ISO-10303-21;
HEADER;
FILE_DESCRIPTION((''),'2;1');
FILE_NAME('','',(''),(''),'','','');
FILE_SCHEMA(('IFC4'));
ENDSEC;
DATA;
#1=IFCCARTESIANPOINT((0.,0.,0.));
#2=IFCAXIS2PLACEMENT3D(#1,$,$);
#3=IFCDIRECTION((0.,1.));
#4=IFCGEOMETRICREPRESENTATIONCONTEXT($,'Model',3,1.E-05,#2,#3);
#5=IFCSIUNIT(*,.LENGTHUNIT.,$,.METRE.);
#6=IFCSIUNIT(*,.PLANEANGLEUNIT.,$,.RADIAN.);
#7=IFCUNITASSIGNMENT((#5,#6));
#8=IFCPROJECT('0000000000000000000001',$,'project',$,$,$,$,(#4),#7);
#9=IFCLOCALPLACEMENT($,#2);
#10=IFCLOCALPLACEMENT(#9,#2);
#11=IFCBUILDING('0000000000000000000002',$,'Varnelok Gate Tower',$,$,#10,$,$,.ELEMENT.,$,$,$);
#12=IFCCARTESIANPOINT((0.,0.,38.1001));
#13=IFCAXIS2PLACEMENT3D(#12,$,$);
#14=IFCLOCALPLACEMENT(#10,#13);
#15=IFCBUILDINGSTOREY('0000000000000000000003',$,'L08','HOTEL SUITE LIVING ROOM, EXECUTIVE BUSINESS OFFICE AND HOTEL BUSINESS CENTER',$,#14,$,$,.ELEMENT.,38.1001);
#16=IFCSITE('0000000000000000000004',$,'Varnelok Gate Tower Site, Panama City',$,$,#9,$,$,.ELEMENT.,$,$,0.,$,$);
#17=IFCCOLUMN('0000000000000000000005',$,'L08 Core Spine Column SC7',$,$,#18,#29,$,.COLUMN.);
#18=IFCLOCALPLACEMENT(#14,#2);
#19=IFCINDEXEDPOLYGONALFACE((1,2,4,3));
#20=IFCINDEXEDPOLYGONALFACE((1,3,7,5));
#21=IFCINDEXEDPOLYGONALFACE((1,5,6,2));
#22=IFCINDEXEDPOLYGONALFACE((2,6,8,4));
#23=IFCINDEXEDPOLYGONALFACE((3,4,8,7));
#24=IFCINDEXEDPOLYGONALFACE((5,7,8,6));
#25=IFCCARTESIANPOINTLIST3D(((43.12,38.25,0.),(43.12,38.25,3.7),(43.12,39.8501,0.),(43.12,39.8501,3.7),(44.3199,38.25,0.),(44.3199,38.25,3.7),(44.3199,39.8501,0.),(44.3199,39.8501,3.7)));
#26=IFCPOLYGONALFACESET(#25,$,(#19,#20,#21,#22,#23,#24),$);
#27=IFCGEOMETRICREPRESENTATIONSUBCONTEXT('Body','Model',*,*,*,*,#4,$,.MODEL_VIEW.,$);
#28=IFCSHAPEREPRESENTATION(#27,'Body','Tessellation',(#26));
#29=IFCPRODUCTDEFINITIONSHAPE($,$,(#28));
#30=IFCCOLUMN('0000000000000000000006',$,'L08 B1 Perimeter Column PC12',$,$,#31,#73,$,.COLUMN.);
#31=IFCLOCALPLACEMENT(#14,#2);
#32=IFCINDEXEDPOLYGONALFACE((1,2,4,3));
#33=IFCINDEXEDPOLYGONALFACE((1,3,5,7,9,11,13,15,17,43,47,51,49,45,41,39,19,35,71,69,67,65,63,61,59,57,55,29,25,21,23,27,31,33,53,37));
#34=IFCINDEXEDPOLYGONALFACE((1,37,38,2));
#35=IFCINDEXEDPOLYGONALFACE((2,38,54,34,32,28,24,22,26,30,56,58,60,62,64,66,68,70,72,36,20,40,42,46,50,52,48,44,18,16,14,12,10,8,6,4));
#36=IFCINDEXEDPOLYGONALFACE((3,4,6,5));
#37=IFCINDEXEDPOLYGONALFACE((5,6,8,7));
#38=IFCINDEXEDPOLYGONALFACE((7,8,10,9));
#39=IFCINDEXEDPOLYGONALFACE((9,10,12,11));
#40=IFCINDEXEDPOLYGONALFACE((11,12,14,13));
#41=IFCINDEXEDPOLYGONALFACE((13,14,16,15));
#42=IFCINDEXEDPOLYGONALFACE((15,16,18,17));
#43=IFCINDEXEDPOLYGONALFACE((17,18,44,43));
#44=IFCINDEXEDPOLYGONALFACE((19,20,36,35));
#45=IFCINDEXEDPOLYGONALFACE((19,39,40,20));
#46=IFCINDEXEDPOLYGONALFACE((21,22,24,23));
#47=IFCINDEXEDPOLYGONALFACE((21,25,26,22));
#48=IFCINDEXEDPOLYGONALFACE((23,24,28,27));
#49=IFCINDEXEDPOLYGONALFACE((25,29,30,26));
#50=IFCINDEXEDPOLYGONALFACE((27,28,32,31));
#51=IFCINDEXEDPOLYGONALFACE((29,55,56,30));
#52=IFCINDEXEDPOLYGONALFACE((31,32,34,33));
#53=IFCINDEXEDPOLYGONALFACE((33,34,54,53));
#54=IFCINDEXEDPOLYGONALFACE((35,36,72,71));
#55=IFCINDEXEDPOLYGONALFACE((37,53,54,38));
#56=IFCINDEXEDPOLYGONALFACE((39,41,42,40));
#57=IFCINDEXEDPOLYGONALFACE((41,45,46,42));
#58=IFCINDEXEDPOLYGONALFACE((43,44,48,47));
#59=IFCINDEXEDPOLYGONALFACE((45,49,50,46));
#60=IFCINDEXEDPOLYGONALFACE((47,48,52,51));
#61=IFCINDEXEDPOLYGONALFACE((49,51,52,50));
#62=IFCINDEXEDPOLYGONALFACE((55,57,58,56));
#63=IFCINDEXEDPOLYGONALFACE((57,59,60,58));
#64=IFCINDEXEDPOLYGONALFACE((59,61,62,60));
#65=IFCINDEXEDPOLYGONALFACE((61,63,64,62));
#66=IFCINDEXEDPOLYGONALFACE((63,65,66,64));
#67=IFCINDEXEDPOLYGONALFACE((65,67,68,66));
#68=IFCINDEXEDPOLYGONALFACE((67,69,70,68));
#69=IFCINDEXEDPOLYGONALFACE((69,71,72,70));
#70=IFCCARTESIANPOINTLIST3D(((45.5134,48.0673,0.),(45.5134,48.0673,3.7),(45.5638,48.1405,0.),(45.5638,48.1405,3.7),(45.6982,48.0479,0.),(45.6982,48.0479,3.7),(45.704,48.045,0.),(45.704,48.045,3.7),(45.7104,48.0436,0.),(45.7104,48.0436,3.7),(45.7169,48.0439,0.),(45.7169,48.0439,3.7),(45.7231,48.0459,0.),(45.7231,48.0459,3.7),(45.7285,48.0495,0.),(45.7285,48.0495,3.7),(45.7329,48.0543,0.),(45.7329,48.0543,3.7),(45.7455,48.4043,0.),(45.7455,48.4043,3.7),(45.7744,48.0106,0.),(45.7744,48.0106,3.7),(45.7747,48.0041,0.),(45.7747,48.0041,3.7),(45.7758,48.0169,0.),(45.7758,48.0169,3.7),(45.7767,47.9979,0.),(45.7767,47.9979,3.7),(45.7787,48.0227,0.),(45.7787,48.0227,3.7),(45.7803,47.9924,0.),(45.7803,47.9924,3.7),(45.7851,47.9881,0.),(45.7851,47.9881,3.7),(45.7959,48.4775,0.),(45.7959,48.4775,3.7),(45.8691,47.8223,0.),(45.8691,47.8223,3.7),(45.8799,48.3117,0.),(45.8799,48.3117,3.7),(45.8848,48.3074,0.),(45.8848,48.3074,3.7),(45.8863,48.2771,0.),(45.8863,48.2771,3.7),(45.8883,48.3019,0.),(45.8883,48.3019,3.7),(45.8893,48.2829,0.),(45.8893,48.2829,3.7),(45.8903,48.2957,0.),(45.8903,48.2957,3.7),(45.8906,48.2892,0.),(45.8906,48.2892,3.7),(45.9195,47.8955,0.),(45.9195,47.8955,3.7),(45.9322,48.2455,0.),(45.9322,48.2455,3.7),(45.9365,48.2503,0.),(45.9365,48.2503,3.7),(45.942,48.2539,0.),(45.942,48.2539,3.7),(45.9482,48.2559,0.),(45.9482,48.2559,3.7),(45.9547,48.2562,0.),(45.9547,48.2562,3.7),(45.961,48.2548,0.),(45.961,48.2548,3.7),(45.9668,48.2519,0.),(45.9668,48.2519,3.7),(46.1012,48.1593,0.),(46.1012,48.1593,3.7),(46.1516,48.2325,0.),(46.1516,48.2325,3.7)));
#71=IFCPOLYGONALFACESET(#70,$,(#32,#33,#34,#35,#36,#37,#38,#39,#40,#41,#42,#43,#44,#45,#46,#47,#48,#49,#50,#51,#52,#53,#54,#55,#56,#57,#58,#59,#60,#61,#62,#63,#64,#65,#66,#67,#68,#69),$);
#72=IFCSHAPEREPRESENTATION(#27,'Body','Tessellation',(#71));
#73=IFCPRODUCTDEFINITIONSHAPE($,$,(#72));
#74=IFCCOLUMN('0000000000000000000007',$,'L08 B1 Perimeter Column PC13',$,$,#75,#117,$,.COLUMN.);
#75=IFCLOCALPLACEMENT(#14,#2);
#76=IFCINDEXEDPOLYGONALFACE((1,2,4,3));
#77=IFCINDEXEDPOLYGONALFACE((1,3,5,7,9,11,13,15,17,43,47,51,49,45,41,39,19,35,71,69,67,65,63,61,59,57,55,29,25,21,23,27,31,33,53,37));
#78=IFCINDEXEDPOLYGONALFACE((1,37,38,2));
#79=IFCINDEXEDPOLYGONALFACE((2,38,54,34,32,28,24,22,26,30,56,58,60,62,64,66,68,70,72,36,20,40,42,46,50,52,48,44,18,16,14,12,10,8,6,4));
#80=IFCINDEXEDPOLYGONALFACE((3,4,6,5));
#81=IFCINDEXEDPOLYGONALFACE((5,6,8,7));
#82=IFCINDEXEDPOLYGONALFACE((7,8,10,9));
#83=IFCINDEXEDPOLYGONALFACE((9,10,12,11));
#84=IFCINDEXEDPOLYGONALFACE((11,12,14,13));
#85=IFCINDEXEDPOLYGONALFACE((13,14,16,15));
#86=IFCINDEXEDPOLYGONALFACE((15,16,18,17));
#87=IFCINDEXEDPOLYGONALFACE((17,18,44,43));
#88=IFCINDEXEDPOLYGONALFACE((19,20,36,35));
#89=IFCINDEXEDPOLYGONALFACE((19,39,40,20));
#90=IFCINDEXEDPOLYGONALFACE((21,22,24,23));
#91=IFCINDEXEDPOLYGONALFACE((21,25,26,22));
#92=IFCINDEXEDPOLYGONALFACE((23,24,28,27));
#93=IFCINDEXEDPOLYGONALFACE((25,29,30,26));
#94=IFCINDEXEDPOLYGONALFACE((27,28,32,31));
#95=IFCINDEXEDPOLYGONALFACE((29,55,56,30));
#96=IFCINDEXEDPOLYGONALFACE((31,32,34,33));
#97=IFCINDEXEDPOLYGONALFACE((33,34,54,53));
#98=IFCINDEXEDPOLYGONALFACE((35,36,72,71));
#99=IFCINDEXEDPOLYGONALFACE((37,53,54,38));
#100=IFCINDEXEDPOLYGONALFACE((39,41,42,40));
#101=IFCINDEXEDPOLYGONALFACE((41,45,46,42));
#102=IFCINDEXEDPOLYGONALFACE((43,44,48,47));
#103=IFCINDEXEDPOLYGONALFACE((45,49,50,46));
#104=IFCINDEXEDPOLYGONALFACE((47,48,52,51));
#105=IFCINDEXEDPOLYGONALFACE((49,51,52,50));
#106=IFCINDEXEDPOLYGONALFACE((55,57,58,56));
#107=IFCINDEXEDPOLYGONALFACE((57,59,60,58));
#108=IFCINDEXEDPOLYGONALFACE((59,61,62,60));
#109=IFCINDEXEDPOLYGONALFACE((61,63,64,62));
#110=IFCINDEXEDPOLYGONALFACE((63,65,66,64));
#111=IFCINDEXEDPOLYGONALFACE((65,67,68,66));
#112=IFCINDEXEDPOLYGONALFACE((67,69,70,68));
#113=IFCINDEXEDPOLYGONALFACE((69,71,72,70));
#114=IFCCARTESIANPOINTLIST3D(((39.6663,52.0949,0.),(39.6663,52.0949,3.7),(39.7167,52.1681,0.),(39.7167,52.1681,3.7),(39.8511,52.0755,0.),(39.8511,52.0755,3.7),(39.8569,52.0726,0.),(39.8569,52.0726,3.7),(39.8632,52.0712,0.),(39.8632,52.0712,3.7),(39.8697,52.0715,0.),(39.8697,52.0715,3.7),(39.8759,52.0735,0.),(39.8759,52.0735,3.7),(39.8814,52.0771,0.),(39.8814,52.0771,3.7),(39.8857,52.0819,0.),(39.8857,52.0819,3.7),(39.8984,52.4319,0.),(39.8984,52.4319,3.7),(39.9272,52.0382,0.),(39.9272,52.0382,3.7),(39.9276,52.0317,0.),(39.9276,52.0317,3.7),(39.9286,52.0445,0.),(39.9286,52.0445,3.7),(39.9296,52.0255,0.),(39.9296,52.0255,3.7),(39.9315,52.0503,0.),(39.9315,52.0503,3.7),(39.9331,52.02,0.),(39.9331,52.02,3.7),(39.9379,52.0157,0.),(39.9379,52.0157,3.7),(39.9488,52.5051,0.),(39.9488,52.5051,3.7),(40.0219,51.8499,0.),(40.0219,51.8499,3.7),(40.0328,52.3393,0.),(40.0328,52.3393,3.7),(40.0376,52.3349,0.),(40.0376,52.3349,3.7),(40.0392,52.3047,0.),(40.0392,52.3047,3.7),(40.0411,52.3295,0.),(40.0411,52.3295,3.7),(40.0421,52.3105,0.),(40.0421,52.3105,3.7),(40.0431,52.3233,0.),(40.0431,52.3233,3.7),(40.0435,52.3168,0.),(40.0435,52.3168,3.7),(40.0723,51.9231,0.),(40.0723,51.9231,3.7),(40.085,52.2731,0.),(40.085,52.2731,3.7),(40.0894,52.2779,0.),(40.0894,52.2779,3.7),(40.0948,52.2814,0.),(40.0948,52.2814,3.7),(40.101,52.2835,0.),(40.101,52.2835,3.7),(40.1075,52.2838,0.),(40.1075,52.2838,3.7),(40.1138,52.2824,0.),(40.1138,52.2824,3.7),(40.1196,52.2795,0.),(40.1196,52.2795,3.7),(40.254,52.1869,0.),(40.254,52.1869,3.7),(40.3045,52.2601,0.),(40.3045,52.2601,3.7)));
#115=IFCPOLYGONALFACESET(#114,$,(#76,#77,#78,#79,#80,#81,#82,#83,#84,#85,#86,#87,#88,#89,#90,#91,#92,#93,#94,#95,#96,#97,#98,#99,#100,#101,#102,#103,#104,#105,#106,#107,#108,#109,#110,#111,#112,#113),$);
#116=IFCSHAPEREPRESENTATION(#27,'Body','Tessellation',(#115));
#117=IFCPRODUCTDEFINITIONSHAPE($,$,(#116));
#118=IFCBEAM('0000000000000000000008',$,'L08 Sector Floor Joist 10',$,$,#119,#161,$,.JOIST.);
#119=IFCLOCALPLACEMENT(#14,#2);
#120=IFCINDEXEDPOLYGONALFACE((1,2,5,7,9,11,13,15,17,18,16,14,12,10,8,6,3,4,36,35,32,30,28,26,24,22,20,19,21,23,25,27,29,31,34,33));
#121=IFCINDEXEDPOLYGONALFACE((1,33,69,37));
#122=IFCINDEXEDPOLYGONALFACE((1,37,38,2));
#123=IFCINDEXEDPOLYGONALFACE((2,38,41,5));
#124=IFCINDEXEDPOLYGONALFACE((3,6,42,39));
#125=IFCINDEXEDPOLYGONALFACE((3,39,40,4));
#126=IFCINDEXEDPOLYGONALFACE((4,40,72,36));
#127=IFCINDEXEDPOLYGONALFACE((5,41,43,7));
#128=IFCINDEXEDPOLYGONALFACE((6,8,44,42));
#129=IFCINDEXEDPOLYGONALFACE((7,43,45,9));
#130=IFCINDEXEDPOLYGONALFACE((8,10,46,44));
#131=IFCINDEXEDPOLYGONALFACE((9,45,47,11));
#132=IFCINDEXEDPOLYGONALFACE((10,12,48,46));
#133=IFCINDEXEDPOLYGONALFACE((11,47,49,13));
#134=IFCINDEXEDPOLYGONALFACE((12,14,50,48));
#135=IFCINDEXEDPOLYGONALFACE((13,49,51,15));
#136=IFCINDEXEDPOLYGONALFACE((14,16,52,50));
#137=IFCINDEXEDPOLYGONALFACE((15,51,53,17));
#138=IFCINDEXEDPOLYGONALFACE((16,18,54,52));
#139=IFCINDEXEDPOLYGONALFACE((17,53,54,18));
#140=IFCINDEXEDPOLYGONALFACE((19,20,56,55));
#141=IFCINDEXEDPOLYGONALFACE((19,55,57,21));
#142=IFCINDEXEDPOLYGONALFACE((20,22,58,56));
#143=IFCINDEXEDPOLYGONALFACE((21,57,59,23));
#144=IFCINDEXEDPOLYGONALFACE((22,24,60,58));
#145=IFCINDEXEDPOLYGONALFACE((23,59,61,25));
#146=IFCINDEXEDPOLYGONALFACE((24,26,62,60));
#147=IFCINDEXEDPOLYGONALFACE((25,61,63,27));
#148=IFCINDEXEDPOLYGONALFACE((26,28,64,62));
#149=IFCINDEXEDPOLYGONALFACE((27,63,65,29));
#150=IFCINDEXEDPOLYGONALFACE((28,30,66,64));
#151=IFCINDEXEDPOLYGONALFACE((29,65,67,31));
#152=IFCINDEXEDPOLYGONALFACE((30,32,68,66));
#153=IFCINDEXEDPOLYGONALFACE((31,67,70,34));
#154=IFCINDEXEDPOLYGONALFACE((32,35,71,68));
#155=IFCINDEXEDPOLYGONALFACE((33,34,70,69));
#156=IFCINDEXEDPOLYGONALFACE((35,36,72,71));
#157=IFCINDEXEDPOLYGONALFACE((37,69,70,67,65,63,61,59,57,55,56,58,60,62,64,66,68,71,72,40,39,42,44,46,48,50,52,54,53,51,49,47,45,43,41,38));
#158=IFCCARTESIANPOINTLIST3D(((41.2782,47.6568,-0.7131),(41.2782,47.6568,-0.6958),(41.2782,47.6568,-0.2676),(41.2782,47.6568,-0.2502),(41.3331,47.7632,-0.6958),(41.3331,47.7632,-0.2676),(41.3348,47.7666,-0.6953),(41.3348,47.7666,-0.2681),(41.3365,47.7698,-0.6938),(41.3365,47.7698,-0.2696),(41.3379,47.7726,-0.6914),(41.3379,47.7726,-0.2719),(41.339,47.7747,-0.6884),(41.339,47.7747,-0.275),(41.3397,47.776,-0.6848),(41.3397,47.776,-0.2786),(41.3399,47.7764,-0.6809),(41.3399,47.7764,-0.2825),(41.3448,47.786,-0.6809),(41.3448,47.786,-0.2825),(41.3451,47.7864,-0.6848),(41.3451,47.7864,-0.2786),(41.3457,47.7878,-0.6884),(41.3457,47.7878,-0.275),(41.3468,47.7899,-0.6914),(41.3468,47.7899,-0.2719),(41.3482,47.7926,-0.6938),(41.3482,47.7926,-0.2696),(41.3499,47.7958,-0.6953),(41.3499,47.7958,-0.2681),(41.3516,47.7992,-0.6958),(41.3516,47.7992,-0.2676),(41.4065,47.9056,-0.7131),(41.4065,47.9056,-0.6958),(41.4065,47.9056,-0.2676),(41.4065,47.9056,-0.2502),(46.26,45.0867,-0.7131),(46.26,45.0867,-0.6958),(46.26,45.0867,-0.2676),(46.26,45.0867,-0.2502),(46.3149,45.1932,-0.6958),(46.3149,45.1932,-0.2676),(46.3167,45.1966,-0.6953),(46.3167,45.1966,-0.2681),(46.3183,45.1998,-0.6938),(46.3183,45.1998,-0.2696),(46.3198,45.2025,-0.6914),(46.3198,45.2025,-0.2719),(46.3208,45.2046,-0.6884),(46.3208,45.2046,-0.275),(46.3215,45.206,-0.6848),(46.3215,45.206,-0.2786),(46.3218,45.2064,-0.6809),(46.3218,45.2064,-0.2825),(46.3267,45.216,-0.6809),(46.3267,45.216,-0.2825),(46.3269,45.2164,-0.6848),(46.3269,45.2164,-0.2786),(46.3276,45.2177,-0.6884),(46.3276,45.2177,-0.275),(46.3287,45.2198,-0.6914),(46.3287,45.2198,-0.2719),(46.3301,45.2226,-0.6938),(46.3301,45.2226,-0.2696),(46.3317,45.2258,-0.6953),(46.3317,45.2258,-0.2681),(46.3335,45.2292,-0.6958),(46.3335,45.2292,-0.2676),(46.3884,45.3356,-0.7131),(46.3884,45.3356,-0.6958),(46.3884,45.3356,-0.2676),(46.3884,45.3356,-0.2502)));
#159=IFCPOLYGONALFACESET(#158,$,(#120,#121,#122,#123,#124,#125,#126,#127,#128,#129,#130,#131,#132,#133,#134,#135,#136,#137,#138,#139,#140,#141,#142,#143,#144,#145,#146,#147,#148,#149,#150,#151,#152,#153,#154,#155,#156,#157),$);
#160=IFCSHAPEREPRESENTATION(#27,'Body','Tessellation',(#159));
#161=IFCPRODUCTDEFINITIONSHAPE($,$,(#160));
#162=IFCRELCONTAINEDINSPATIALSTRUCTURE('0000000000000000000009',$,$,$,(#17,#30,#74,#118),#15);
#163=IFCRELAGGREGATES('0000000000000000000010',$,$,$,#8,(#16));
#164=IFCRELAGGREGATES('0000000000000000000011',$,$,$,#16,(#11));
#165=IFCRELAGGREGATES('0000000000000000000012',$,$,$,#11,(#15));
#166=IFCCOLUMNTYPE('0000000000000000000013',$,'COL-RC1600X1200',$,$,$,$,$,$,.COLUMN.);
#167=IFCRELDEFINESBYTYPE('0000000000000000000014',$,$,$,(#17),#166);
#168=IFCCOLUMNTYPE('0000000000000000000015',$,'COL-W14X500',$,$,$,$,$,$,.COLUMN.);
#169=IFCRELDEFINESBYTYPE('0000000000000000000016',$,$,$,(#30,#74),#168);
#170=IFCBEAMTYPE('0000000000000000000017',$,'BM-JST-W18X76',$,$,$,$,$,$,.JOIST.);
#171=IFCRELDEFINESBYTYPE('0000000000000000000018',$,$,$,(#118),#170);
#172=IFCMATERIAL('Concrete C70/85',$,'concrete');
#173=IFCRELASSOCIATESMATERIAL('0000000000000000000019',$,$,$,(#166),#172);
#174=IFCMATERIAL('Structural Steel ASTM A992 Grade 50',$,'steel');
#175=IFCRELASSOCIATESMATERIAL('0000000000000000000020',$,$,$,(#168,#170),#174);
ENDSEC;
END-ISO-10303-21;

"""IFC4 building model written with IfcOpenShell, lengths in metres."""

from ifc_helpers import new_model, si_unit, direction, frame, origin, origin_2d, place, context, subcontext, project, spatial, rectangle, i_section, extrude, material, material_profile, profile_set, type_object, element, save


model = new_model("IFC4")

# Units and contexts
model_context = context("Model", 3, precision=1e-05, world=origin(), true_north=direction((0.0, 1.0)))
body_context = subcontext(model_context, "Body", "Model", "MODEL_VIEW")
ifc_project = project(units=[si_unit("LENGTHUNIT", "METRE"), si_unit("PLANEANGLEUNIT", "RADIAN")], contexts=[model_context])

# Site, building, storey
site_placement = place(None, origin())
site = spatial("IfcSite", under=ifc_project, at=site_placement, Name="Varnelok Gate Tower Site, Panama City", CompositionType="ELEMENT", RefElevation=0.0)
building_placement = place(site_placement, origin())
building = spatial("IfcBuilding", under=site, at=building_placement, Name="Varnelok Gate Tower", CompositionType="ELEMENT")
storey_placement = place(building_placement, frame((0.0, 0.0, 38.1001)))
storey = spatial("IfcBuildingStorey", under=building, at=storey_placement, Name="L08", Description="HOTEL SUITE LIVING ROOM, EXECUTIVE BUSINESS OFFICE AND HOTEL BUSINESS CENTER", CompositionType="ELEMENT", Elevation=38.1001)

# Columns
ifc_material_1 = material(Name="Concrete C70/85", Category="concrete")
ifc_material_profile_1 = material_profile(ifc_material_1, rectangle(XDim=1.2, YDim=1.6001, at=origin_2d()), Name="RC1600X1200")
ifc_profile_set_1 = profile_set([ifc_material_profile_1], Name="Concrete C70/85")
column_type_1 = type_object("IfcColumnType", Name="COL-RC1600X1200", PredefinedType="COLUMN", material=ifc_profile_set_1)
column_placement = place(storey_placement, frame((43.72, 39.05, 0.0), z_axis=(0.0, 0.0, 1.0), x_axis=(1.0, 0.0, 0.0)))
element("IfcColumn", 1, at=column_placement, inside=storey, type_object=column_type_1, Name="L08 Core Spine Column SC7", PredefinedType="COLUMN", context=body_context, shape_type="SweptSolid", body=[
    extrude(rectangle(XDim=1.2, YDim=1.6001, at=origin_2d()), origin(), (0.0, 0.0, 1.0), 3.7),
])
ifc_material_2 = material(Name="Structural Steel ASTM A992 Grade 50", Category="steel")
ifc_material_profile_2 = material_profile(ifc_material_2, i_section(OverallWidth=0.4319, OverallDepth=0.498, WebThickness=0.0557, FlangeThickness=0.0889, FilletRadius=0.0249, at=origin_2d()), Name="W14X500")
ifc_profile_set_2 = profile_set([ifc_material_profile_2], Name="Structural Steel ASTM A992 Grade 50")
column_type_2 = type_object("IfcColumnType", Name="COL-W14X500", PredefinedType="COLUMN", material=ifc_profile_set_2)
for number, where, z_axis, x_axis, name in (
    (2, (45.8325, 48.1499, 0.0), (0.0, 0.0, 1.0), (0.823533, -0.567269, 0.0), "L08 B1 Perimeter Column PC12"),
    (3, (39.9854, 52.1775, 0.0), (0.0, 0.0, 1.0), (0.823533, -0.567269, 0.0), "L08 B1 Perimeter Column PC13"),
):
    element("IfcColumn", number, at=place(storey_placement, frame(where, z_axis=z_axis, x_axis=x_axis)), inside=storey, type_object=column_type_2, Name=name, PredefinedType="COLUMN", context=body_context, shape_type="SweptSolid", body=[
        extrude(i_section(OverallWidth=0.4319, OverallDepth=0.498, WebThickness=0.0557, FlangeThickness=0.0889, FilletRadius=0.0249, at=origin_2d()), origin(), (0.0, 0.0, 1.0), 3.7),
    ])

# Beam
ifc_material_profile_3 = material_profile(ifc_material_2, i_section(OverallWidth=0.28, OverallDepth=0.4629, WebThickness=0.0107, FlangeThickness=0.0173, FilletRadius=0.0149, at=origin_2d()), Name="W18X76")
ifc_profile_set_3 = profile_set([ifc_material_profile_3], Name="Structural Steel ASTM A992 Grade 50")
beam_type_1 = type_object("IfcBeamType", Name="BM-JST-W18X76", PredefinedType="JOIST", material=ifc_profile_set_3)
beam_1_placement = place(storey_placement, frame((46.3242, 45.2112, -0.4817), z_axis=(-0.888712, 0.458467, 0.0), x_axis=(-0.458467, -0.888712, 0.0)))
element("IfcBeam", 4, at=beam_1_placement, inside=storey, type_object=beam_type_1, Name="L08 Sector Floor Joist 10", PredefinedType="JOIST", context=body_context, shape_type="SweptSolid", body=[
    extrude(i_section(OverallWidth=0.28, OverallDepth=0.4629, WebThickness=0.0107, FlangeThickness=0.0173, FilletRadius=0.0149, at=origin_2d()), origin(), (0.0, 0.0, 1.0), 5.6057),
])

save(model, "model.ifc")
